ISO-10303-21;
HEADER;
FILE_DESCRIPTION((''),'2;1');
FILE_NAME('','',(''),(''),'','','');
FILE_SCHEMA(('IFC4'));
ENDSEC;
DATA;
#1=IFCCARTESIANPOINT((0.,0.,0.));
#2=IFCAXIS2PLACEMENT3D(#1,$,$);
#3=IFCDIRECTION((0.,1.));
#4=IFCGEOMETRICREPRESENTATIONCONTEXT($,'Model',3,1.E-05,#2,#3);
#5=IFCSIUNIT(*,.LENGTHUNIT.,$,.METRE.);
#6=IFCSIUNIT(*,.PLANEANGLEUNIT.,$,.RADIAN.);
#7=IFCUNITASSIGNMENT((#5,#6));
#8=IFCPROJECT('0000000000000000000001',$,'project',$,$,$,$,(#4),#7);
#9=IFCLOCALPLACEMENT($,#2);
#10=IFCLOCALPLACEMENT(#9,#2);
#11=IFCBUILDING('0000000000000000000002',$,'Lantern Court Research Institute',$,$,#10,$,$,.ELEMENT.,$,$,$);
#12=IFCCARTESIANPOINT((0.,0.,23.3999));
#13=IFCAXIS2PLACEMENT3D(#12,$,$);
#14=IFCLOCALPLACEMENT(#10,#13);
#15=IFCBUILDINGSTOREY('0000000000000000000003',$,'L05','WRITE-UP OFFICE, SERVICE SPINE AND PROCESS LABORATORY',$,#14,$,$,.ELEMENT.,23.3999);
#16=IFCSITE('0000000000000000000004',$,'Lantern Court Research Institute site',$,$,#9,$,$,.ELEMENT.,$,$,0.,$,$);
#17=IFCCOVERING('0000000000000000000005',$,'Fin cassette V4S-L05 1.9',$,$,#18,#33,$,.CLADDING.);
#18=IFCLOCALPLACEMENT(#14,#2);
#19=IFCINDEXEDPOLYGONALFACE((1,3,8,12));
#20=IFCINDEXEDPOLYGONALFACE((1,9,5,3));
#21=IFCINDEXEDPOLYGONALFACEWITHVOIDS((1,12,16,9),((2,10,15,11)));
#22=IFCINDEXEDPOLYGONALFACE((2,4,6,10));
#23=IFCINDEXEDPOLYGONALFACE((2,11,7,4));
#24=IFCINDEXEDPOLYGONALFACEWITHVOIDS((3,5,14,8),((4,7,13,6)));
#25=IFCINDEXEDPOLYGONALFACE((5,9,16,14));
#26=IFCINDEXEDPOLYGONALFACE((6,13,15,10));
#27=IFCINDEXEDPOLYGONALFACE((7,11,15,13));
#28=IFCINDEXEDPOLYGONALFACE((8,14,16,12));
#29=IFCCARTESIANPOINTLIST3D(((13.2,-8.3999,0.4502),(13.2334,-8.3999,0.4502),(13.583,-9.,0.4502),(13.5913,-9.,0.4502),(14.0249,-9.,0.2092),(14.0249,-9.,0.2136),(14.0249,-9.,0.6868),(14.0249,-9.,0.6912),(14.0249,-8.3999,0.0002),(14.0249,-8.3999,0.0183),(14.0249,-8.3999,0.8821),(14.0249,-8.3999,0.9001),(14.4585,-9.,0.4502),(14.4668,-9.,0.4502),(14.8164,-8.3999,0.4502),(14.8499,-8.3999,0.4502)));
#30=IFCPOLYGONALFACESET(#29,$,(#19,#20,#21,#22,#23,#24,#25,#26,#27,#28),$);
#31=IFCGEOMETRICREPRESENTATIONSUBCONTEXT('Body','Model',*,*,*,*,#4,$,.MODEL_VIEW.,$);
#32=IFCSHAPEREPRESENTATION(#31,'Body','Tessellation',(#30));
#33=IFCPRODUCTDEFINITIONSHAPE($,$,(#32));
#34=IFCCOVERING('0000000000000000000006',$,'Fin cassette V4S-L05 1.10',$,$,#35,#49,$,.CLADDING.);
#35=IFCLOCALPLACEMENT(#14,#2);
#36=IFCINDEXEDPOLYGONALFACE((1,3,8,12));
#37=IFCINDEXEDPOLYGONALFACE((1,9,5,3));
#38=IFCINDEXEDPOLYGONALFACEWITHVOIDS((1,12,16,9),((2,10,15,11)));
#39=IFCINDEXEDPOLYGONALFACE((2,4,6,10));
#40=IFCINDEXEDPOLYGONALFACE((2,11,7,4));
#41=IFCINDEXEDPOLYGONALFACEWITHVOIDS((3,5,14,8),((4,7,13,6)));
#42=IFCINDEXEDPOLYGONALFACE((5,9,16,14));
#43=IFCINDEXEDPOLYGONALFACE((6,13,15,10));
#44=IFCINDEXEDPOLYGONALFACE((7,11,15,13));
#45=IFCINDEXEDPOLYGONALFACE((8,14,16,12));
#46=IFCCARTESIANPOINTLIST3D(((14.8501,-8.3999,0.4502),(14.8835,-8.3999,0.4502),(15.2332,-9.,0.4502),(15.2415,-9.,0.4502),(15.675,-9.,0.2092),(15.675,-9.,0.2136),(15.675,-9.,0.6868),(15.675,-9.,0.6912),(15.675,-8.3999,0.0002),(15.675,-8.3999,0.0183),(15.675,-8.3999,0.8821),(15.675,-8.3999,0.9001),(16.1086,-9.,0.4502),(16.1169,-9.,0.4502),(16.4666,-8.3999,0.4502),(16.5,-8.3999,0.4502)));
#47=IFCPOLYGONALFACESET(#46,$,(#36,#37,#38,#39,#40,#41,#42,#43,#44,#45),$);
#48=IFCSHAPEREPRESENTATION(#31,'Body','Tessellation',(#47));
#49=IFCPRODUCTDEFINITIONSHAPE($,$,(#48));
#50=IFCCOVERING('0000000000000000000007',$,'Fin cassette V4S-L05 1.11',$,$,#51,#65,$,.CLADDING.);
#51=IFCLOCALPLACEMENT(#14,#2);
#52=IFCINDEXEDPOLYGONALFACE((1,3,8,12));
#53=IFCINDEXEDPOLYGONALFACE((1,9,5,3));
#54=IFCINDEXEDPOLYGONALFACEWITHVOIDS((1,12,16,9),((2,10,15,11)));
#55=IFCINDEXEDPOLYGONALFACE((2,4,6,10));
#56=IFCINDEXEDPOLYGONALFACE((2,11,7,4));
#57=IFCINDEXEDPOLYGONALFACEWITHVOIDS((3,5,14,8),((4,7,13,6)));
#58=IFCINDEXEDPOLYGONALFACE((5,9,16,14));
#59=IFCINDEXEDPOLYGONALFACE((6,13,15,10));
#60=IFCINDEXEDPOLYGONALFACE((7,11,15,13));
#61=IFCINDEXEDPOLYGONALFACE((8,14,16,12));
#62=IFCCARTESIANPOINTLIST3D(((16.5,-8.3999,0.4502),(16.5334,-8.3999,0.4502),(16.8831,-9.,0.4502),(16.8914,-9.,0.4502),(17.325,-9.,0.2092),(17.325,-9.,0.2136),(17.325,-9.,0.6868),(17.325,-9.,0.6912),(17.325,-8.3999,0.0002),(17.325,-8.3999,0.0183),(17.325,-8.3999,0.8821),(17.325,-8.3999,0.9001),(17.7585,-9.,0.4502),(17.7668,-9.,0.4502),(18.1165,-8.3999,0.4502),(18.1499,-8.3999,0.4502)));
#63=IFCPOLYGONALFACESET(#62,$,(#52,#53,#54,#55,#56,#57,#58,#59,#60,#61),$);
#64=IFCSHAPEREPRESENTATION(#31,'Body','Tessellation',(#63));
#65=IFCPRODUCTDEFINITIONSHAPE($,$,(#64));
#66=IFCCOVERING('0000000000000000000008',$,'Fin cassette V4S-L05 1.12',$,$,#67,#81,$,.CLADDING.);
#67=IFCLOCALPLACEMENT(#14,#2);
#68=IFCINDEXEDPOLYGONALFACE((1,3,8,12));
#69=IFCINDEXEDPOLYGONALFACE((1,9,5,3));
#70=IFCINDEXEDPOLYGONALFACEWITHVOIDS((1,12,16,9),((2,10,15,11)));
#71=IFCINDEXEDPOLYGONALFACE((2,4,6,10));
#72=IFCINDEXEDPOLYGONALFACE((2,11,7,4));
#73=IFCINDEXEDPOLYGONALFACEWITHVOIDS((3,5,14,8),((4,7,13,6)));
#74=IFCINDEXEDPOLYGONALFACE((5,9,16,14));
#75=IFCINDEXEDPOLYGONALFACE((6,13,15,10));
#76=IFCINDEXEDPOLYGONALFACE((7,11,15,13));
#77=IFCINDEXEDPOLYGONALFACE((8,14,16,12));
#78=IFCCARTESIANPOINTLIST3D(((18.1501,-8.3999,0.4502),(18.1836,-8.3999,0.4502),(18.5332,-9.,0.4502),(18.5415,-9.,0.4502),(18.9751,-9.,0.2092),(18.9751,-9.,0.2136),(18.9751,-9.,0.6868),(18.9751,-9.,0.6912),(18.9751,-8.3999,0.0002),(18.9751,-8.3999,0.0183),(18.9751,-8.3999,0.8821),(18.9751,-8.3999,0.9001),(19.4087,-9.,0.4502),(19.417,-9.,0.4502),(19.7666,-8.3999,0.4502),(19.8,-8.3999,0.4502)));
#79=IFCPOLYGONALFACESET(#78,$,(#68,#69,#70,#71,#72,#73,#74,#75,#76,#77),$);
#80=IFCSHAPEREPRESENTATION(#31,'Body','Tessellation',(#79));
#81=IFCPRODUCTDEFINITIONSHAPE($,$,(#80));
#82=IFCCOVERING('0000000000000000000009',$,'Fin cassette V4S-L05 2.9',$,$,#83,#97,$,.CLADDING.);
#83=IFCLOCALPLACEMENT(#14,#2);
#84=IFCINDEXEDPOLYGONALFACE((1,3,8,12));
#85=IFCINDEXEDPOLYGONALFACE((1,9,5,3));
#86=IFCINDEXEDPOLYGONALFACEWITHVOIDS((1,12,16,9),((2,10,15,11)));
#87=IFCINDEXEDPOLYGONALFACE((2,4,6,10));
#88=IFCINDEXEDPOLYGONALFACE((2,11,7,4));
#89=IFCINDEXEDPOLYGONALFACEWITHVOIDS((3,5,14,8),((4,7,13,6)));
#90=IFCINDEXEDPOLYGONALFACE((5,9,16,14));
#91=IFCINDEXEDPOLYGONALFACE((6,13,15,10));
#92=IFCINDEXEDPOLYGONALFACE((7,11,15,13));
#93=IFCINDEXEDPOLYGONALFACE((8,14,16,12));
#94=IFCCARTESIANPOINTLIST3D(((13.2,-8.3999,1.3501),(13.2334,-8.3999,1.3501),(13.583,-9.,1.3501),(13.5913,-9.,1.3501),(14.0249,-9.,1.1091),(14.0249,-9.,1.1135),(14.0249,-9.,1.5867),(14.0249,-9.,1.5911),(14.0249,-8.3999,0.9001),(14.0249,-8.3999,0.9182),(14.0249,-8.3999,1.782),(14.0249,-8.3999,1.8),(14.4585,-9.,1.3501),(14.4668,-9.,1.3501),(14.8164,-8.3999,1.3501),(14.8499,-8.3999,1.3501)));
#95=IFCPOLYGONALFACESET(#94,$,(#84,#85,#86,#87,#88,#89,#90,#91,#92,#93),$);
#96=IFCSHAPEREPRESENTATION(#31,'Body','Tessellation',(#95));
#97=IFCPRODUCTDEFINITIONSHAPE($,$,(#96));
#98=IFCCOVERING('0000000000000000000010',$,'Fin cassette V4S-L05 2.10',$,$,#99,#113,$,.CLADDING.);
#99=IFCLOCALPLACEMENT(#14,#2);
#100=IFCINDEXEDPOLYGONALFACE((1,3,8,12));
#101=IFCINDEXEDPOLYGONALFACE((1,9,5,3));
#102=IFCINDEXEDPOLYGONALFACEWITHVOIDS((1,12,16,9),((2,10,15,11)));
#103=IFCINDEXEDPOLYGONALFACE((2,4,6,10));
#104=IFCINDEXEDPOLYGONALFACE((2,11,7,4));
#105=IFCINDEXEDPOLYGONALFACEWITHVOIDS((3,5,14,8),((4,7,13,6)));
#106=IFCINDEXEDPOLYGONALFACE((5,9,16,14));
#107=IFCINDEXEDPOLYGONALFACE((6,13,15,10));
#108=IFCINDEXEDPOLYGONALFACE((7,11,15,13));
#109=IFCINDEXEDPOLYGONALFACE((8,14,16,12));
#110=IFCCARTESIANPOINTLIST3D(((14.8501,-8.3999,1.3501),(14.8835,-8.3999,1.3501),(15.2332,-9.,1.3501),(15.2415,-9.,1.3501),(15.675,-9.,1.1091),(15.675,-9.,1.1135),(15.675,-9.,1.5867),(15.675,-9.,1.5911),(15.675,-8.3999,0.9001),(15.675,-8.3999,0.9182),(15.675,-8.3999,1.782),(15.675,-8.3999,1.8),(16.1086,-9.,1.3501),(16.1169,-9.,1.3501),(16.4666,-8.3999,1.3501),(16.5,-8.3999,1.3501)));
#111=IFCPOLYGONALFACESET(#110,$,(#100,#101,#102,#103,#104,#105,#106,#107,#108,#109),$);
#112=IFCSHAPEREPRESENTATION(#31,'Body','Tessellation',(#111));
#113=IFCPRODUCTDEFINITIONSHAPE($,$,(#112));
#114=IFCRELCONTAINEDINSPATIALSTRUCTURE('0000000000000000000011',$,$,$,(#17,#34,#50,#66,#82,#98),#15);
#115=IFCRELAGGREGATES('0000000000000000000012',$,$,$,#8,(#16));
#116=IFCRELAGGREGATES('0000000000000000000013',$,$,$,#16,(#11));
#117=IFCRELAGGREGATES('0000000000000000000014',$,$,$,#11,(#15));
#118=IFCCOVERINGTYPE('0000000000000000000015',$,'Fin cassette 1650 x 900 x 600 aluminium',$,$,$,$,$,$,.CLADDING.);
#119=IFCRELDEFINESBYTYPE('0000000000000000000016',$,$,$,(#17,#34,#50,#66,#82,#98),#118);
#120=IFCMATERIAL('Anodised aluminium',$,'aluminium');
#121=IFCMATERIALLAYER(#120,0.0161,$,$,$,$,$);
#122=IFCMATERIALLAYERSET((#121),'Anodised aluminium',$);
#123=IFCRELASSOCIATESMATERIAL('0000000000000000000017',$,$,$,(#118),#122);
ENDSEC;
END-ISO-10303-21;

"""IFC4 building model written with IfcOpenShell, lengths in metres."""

from ifc_helpers import new_model, entity, si_unit, direction, frame, origin, place, context, subcontext, project, spatial, material, layer, layer_set, type_object, element, save


model = new_model("IFC4")

# Units and contexts
model_context = context("Model", 3, precision=1e-05, world=origin(), true_north=direction((0.0, 1.0)))
body_context = subcontext(model_context, "Body", "Model", "MODEL_VIEW")
ifc_project = project(units=[si_unit("LENGTHUNIT", "METRE"), si_unit("PLANEANGLEUNIT", "RADIAN")], contexts=[model_context])

# Site, building, storey
site_placement = place(None, origin())
site = spatial("IfcSite", under=ifc_project, at=site_placement, Name="Lantern Court Research Institute site", CompositionType="ELEMENT", RefElevation=0.0)
building_placement = place(site_placement, origin())
building = spatial("IfcBuilding", under=site, at=building_placement, Name="Lantern Court Research Institute", CompositionType="ELEMENT")
storey_placement = place(building_placement, frame((0.0, 0.0, 23.3999)))
storey = spatial("IfcBuildingStorey", under=building, at=storey_placement, Name="L05", Description="WRITE-UP OFFICE, SERVICE SPINE AND PROCESS LABORATORY", CompositionType="ELEMENT", Elevation=23.3999)

# Coverings
ifc_material_1 = material(Name="Anodised aluminium", Category="aluminium")
ifc_layer_1 = layer(ifc_material_1, 0.0161)
ifc_layer_set_1 = layer_set([ifc_layer_1], Name="Anodised aluminium")
covering_type = type_object("IfcCoveringType", Name="Fin cassette 1650 x 900 x 600 aluminium", PredefinedType="CLADDING", material=ifc_layer_set_1)
covering_1_placement = place(storey_placement, frame((14.0249, -8.3999, 0.4502), z_axis=(0.0, -1.0, 0.0), x_axis=(1.0, 0.0, 0.0)))
cartesian_point_1 = entity("IfcCartesianPoint", [0.825, 0.0])
cartesian_point_2 = entity("IfcCartesianPoint", [0.7915, 0.0])
cartesian_point_3 = entity("IfcCartesianPoint", [0.4419, 0.0])
cartesian_point_4 = entity("IfcCartesianPoint", [0.4336, 0.0])
element("IfcCovering", 1, at=covering_1_placement, inside=storey, type_object=covering_type, Name="Fin cassette V4S-L05 1.9", PredefinedType="CLADDING", context=body_context, shape_type="SweptSolid", body=[
    entity("IfcExtrudedAreaSolidTapered", entity("IfcArbitraryProfileDefWithVoids", "AREA", None, entity("IfcPolyline", [cartesian_point_1, entity("IfcCartesianPoint", [0.0, 0.45]), entity("IfcCartesianPoint", [-0.825, 0.0]), entity("IfcCartesianPoint", [0.0, -0.45]), cartesian_point_1]), [entity("IfcPolyline", [cartesian_point_2, entity("IfcCartesianPoint", [0.0, 0.4319]), entity("IfcCartesianPoint", [-0.7915, 0.0]), entity("IfcCartesianPoint", [0.0, -0.4319]), cartesian_point_2])]), entity("IfcAxis2Placement3D", entity("IfcCartesianPoint", [0.0, 0.0, 0.0])), entity("IfcDirection", [0.0, 0.0, 1.0]), 0.6001, entity("IfcArbitraryProfileDefWithVoids", "AREA", None, entity("IfcPolyline", [cartesian_point_3, entity("IfcCartesianPoint", [0.0, 0.241]), entity("IfcCartesianPoint", [-0.4419, 0.0]), entity("IfcCartesianPoint", [0.0, -0.241]), cartesian_point_3]), [entity("IfcPolyline", [cartesian_point_4, entity("IfcCartesianPoint", [0.0, 0.2366]), entity("IfcCartesianPoint", [-0.4336, 0.0]), entity("IfcCartesianPoint", [0.0, -0.2366]), cartesian_point_4])])),
])
covering_2_placement = place(storey_placement, frame((15.675, -8.3999, 0.4502), z_axis=(0.0, -1.0, 0.0), x_axis=(1.0, 0.0, 0.0)))
cartesian_point_5 = entity("IfcCartesianPoint", [0.825, 0.0])
cartesian_point_6 = entity("IfcCartesianPoint", [0.7915, 0.0])
cartesian_point_7 = entity("IfcCartesianPoint", [0.4419, 0.0])
cartesian_point_8 = entity("IfcCartesianPoint", [0.4336, 0.0])
element("IfcCovering", 2, at=covering_2_placement, inside=storey, type_object=covering_type, Name="Fin cassette V4S-L05 1.10", PredefinedType="CLADDING", context=body_context, shape_type="SweptSolid", body=[
    entity("IfcExtrudedAreaSolidTapered", entity("IfcArbitraryProfileDefWithVoids", "AREA", None, entity("IfcPolyline", [cartesian_point_5, entity("IfcCartesianPoint", [0.0, 0.45]), entity("IfcCartesianPoint", [-0.825, 0.0]), entity("IfcCartesianPoint", [0.0, -0.45]), cartesian_point_5]), [entity("IfcPolyline", [cartesian_point_6, entity("IfcCartesianPoint", [0.0, 0.4319]), entity("IfcCartesianPoint", [-0.7915, 0.0]), entity("IfcCartesianPoint", [0.0, -0.4319]), cartesian_point_6])]), entity("IfcAxis2Placement3D", entity("IfcCartesianPoint", [0.0, 0.0, 0.0])), entity("IfcDirection", [0.0, 0.0, 1.0]), 0.6001, entity("IfcArbitraryProfileDefWithVoids", "AREA", None, entity("IfcPolyline", [cartesian_point_7, entity("IfcCartesianPoint", [0.0, 0.241]), entity("IfcCartesianPoint", [-0.4419, 0.0]), entity("IfcCartesianPoint", [0.0, -0.241]), cartesian_point_7]), [entity("IfcPolyline", [cartesian_point_8, entity("IfcCartesianPoint", [0.0, 0.2366]), entity("IfcCartesianPoint", [-0.4336, 0.0]), entity("IfcCartesianPoint", [0.0, -0.2366]), cartesian_point_8])])),
])
covering_3_placement = place(storey_placement, frame((17.325, -8.3999, 0.4502), z_axis=(0.0, -1.0, 0.0), x_axis=(1.0, 0.0, 0.0)))
cartesian_point_9 = entity("IfcCartesianPoint", [0.825, 0.0])
cartesian_point_10 = entity("IfcCartesianPoint", [0.7915, 0.0])
cartesian_point_11 = entity("IfcCartesianPoint", [0.4419, 0.0])
cartesian_point_12 = entity("IfcCartesianPoint", [0.4336, 0.0])
element("IfcCovering", 3, at=covering_3_placement, inside=storey, type_object=covering_type, Name="Fin cassette V4S-L05 1.11", PredefinedType="CLADDING", context=body_context, shape_type="SweptSolid", body=[
    entity("IfcExtrudedAreaSolidTapered", entity("IfcArbitraryProfileDefWithVoids", "AREA", None, entity("IfcPolyline", [cartesian_point_9, entity("IfcCartesianPoint", [0.0, 0.45]), entity("IfcCartesianPoint", [-0.825, 0.0]), entity("IfcCartesianPoint", [0.0, -0.45]), cartesian_point_9]), [entity("IfcPolyline", [cartesian_point_10, entity("IfcCartesianPoint", [0.0, 0.4319]), entity("IfcCartesianPoint", [-0.7915, 0.0]), entity("IfcCartesianPoint", [0.0, -0.4319]), cartesian_point_10])]), entity("IfcAxis2Placement3D", entity("IfcCartesianPoint", [0.0, 0.0, 0.0])), entity("IfcDirection", [0.0, 0.0, 1.0]), 0.6001, entity("IfcArbitraryProfileDefWithVoids", "AREA", None, entity("IfcPolyline", [cartesian_point_11, entity("IfcCartesianPoint", [0.0, 0.241]), entity("IfcCartesianPoint", [-0.4419, 0.0]), entity("IfcCartesianPoint", [0.0, -0.241]), cartesian_point_11]), [entity("IfcPolyline", [cartesian_point_12, entity("IfcCartesianPoint", [0.0, 0.2366]), entity("IfcCartesianPoint", [-0.4336, 0.0]), entity("IfcCartesianPoint", [0.0, -0.2366]), cartesian_point_12])])),
])
covering_4_placement = place(storey_placement, frame((18.9751, -8.3999, 0.4502), z_axis=(0.0, -1.0, 0.0), x_axis=(1.0, 0.0, 0.0)))
cartesian_point_13 = entity("IfcCartesianPoint", [0.825, 0.0])
cartesian_point_14 = entity("IfcCartesianPoint", [0.7915, 0.0])
cartesian_point_15 = entity("IfcCartesianPoint", [0.4419, 0.0])
cartesian_point_16 = entity("IfcCartesianPoint", [0.4336, 0.0])
element("IfcCovering", 4, at=covering_4_placement, inside=storey, type_object=covering_type, Name="Fin cassette V4S-L05 1.12", PredefinedType="CLADDING", context=body_context, shape_type="SweptSolid", body=[
    entity("IfcExtrudedAreaSolidTapered", entity("IfcArbitraryProfileDefWithVoids", "AREA", None, entity("IfcPolyline", [cartesian_point_13, entity("IfcCartesianPoint", [0.0, 0.45]), entity("IfcCartesianPoint", [-0.825, 0.0]), entity("IfcCartesianPoint", [0.0, -0.45]), cartesian_point_13]), [entity("IfcPolyline", [cartesian_point_14, entity("IfcCartesianPoint", [0.0, 0.4319]), entity("IfcCartesianPoint", [-0.7915, 0.0]), entity("IfcCartesianPoint", [0.0, -0.4319]), cartesian_point_14])]), entity("IfcAxis2Placement3D", entity("IfcCartesianPoint", [0.0, 0.0, 0.0])), entity("IfcDirection", [0.0, 0.0, 1.0]), 0.6001, entity("IfcArbitraryProfileDefWithVoids", "AREA", None, entity("IfcPolyline", [cartesian_point_15, entity("IfcCartesianPoint", [0.0, 0.241]), entity("IfcCartesianPoint", [-0.4419, 0.0]), entity("IfcCartesianPoint", [0.0, -0.241]), cartesian_point_15]), [entity("IfcPolyline", [cartesian_point_16, entity("IfcCartesianPoint", [0.0, 0.2366]), entity("IfcCartesianPoint", [-0.4336, 0.0]), entity("IfcCartesianPoint", [0.0, -0.2366]), cartesian_point_16])])),
])
covering_5_placement = place(storey_placement, frame((14.0249, -8.3999, 1.3501), z_axis=(0.0, -1.0, 0.0), x_axis=(1.0, 0.0, 0.0)))
cartesian_point_17 = entity("IfcCartesianPoint", [0.825, 0.0])
cartesian_point_18 = entity("IfcCartesianPoint", [0.7915, 0.0])
cartesian_point_19 = entity("IfcCartesianPoint", [0.4419, 0.0])
cartesian_point_20 = entity("IfcCartesianPoint", [0.4336, 0.0])
element("IfcCovering", 5, at=covering_5_placement, inside=storey, type_object=covering_type, Name="Fin cassette V4S-L05 2.9", PredefinedType="CLADDING", context=body_context, shape_type="SweptSolid", body=[
    entity("IfcExtrudedAreaSolidTapered", entity("IfcArbitraryProfileDefWithVoids", "AREA", None, entity("IfcPolyline", [cartesian_point_17, entity("IfcCartesianPoint", [0.0, 0.45]), entity("IfcCartesianPoint", [-0.825, 0.0]), entity("IfcCartesianPoint", [0.0, -0.45]), cartesian_point_17]), [entity("IfcPolyline", [cartesian_point_18, entity("IfcCartesianPoint", [0.0, 0.4319]), entity("IfcCartesianPoint", [-0.7915, 0.0]), entity("IfcCartesianPoint", [0.0, -0.4319]), cartesian_point_18])]), entity("IfcAxis2Placement3D", entity("IfcCartesianPoint", [0.0, 0.0, 0.0])), entity("IfcDirection", [0.0, 0.0, 1.0]), 0.6001, entity("IfcArbitraryProfileDefWithVoids", "AREA", None, entity("IfcPolyline", [cartesian_point_19, entity("IfcCartesianPoint", [0.0, 0.241]), entity("IfcCartesianPoint", [-0.4419, 0.0]), entity("IfcCartesianPoint", [0.0, -0.241]), cartesian_point_19]), [entity("IfcPolyline", [cartesian_point_20, entity("IfcCartesianPoint", [0.0, 0.2366]), entity("IfcCartesianPoint", [-0.4336, 0.0]), entity("IfcCartesianPoint", [0.0, -0.2366]), cartesian_point_20])])),
])
covering_6_placement = place(storey_placement, frame((15.675, -8.3999, 1.3501), z_axis=(0.0, -1.0, 0.0), x_axis=(1.0, 0.0, 0.0)))
cartesian_point_21 = entity("IfcCartesianPoint", [0.825, 0.0])
cartesian_point_22 = entity("IfcCartesianPoint", [0.7915, 0.0])
cartesian_point_23 = entity("IfcCartesianPoint", [0.4419, 0.0])
cartesian_point_24 = entity("IfcCartesianPoint", [0.4336, 0.0])
element("IfcCovering", 6, at=covering_6_placement, inside=storey, type_object=covering_type, Name="Fin cassette V4S-L05 2.10", PredefinedType="CLADDING", context=body_context, shape_type="SweptSolid", body=[
    entity("IfcExtrudedAreaSolidTapered", entity("IfcArbitraryProfileDefWithVoids", "AREA", None, entity("IfcPolyline", [cartesian_point_21, entity("IfcCartesianPoint", [0.0, 0.45]), entity("IfcCartesianPoint", [-0.825, 0.0]), entity("IfcCartesianPoint", [0.0, -0.45]), cartesian_point_21]), [entity("IfcPolyline", [cartesian_point_22, entity("IfcCartesianPoint", [0.0, 0.4319]), entity("IfcCartesianPoint", [-0.7915, 0.0]), entity("IfcCartesianPoint", [0.0, -0.4319]), cartesian_point_22])]), entity("IfcAxis2Placement3D", entity("IfcCartesianPoint", [0.0, 0.0, 0.0])), entity("IfcDirection", [0.0, 0.0, 1.0]), 0.6001, entity("IfcArbitraryProfileDefWithVoids", "AREA", None, entity("IfcPolyline", [cartesian_point_23, entity("IfcCartesianPoint", [0.0, 0.241]), entity("IfcCartesianPoint", [-0.4419, 0.0]), entity("IfcCartesianPoint", [0.0, -0.241]), cartesian_point_23]), [entity("IfcPolyline", [cartesian_point_24, entity("IfcCartesianPoint", [0.0, 0.2366]), entity("IfcCartesianPoint", [-0.4336, 0.0]), entity("IfcCartesianPoint", [0.0, -0.2366]), cartesian_point_24])])),
])

save(model, "model.ifc")
